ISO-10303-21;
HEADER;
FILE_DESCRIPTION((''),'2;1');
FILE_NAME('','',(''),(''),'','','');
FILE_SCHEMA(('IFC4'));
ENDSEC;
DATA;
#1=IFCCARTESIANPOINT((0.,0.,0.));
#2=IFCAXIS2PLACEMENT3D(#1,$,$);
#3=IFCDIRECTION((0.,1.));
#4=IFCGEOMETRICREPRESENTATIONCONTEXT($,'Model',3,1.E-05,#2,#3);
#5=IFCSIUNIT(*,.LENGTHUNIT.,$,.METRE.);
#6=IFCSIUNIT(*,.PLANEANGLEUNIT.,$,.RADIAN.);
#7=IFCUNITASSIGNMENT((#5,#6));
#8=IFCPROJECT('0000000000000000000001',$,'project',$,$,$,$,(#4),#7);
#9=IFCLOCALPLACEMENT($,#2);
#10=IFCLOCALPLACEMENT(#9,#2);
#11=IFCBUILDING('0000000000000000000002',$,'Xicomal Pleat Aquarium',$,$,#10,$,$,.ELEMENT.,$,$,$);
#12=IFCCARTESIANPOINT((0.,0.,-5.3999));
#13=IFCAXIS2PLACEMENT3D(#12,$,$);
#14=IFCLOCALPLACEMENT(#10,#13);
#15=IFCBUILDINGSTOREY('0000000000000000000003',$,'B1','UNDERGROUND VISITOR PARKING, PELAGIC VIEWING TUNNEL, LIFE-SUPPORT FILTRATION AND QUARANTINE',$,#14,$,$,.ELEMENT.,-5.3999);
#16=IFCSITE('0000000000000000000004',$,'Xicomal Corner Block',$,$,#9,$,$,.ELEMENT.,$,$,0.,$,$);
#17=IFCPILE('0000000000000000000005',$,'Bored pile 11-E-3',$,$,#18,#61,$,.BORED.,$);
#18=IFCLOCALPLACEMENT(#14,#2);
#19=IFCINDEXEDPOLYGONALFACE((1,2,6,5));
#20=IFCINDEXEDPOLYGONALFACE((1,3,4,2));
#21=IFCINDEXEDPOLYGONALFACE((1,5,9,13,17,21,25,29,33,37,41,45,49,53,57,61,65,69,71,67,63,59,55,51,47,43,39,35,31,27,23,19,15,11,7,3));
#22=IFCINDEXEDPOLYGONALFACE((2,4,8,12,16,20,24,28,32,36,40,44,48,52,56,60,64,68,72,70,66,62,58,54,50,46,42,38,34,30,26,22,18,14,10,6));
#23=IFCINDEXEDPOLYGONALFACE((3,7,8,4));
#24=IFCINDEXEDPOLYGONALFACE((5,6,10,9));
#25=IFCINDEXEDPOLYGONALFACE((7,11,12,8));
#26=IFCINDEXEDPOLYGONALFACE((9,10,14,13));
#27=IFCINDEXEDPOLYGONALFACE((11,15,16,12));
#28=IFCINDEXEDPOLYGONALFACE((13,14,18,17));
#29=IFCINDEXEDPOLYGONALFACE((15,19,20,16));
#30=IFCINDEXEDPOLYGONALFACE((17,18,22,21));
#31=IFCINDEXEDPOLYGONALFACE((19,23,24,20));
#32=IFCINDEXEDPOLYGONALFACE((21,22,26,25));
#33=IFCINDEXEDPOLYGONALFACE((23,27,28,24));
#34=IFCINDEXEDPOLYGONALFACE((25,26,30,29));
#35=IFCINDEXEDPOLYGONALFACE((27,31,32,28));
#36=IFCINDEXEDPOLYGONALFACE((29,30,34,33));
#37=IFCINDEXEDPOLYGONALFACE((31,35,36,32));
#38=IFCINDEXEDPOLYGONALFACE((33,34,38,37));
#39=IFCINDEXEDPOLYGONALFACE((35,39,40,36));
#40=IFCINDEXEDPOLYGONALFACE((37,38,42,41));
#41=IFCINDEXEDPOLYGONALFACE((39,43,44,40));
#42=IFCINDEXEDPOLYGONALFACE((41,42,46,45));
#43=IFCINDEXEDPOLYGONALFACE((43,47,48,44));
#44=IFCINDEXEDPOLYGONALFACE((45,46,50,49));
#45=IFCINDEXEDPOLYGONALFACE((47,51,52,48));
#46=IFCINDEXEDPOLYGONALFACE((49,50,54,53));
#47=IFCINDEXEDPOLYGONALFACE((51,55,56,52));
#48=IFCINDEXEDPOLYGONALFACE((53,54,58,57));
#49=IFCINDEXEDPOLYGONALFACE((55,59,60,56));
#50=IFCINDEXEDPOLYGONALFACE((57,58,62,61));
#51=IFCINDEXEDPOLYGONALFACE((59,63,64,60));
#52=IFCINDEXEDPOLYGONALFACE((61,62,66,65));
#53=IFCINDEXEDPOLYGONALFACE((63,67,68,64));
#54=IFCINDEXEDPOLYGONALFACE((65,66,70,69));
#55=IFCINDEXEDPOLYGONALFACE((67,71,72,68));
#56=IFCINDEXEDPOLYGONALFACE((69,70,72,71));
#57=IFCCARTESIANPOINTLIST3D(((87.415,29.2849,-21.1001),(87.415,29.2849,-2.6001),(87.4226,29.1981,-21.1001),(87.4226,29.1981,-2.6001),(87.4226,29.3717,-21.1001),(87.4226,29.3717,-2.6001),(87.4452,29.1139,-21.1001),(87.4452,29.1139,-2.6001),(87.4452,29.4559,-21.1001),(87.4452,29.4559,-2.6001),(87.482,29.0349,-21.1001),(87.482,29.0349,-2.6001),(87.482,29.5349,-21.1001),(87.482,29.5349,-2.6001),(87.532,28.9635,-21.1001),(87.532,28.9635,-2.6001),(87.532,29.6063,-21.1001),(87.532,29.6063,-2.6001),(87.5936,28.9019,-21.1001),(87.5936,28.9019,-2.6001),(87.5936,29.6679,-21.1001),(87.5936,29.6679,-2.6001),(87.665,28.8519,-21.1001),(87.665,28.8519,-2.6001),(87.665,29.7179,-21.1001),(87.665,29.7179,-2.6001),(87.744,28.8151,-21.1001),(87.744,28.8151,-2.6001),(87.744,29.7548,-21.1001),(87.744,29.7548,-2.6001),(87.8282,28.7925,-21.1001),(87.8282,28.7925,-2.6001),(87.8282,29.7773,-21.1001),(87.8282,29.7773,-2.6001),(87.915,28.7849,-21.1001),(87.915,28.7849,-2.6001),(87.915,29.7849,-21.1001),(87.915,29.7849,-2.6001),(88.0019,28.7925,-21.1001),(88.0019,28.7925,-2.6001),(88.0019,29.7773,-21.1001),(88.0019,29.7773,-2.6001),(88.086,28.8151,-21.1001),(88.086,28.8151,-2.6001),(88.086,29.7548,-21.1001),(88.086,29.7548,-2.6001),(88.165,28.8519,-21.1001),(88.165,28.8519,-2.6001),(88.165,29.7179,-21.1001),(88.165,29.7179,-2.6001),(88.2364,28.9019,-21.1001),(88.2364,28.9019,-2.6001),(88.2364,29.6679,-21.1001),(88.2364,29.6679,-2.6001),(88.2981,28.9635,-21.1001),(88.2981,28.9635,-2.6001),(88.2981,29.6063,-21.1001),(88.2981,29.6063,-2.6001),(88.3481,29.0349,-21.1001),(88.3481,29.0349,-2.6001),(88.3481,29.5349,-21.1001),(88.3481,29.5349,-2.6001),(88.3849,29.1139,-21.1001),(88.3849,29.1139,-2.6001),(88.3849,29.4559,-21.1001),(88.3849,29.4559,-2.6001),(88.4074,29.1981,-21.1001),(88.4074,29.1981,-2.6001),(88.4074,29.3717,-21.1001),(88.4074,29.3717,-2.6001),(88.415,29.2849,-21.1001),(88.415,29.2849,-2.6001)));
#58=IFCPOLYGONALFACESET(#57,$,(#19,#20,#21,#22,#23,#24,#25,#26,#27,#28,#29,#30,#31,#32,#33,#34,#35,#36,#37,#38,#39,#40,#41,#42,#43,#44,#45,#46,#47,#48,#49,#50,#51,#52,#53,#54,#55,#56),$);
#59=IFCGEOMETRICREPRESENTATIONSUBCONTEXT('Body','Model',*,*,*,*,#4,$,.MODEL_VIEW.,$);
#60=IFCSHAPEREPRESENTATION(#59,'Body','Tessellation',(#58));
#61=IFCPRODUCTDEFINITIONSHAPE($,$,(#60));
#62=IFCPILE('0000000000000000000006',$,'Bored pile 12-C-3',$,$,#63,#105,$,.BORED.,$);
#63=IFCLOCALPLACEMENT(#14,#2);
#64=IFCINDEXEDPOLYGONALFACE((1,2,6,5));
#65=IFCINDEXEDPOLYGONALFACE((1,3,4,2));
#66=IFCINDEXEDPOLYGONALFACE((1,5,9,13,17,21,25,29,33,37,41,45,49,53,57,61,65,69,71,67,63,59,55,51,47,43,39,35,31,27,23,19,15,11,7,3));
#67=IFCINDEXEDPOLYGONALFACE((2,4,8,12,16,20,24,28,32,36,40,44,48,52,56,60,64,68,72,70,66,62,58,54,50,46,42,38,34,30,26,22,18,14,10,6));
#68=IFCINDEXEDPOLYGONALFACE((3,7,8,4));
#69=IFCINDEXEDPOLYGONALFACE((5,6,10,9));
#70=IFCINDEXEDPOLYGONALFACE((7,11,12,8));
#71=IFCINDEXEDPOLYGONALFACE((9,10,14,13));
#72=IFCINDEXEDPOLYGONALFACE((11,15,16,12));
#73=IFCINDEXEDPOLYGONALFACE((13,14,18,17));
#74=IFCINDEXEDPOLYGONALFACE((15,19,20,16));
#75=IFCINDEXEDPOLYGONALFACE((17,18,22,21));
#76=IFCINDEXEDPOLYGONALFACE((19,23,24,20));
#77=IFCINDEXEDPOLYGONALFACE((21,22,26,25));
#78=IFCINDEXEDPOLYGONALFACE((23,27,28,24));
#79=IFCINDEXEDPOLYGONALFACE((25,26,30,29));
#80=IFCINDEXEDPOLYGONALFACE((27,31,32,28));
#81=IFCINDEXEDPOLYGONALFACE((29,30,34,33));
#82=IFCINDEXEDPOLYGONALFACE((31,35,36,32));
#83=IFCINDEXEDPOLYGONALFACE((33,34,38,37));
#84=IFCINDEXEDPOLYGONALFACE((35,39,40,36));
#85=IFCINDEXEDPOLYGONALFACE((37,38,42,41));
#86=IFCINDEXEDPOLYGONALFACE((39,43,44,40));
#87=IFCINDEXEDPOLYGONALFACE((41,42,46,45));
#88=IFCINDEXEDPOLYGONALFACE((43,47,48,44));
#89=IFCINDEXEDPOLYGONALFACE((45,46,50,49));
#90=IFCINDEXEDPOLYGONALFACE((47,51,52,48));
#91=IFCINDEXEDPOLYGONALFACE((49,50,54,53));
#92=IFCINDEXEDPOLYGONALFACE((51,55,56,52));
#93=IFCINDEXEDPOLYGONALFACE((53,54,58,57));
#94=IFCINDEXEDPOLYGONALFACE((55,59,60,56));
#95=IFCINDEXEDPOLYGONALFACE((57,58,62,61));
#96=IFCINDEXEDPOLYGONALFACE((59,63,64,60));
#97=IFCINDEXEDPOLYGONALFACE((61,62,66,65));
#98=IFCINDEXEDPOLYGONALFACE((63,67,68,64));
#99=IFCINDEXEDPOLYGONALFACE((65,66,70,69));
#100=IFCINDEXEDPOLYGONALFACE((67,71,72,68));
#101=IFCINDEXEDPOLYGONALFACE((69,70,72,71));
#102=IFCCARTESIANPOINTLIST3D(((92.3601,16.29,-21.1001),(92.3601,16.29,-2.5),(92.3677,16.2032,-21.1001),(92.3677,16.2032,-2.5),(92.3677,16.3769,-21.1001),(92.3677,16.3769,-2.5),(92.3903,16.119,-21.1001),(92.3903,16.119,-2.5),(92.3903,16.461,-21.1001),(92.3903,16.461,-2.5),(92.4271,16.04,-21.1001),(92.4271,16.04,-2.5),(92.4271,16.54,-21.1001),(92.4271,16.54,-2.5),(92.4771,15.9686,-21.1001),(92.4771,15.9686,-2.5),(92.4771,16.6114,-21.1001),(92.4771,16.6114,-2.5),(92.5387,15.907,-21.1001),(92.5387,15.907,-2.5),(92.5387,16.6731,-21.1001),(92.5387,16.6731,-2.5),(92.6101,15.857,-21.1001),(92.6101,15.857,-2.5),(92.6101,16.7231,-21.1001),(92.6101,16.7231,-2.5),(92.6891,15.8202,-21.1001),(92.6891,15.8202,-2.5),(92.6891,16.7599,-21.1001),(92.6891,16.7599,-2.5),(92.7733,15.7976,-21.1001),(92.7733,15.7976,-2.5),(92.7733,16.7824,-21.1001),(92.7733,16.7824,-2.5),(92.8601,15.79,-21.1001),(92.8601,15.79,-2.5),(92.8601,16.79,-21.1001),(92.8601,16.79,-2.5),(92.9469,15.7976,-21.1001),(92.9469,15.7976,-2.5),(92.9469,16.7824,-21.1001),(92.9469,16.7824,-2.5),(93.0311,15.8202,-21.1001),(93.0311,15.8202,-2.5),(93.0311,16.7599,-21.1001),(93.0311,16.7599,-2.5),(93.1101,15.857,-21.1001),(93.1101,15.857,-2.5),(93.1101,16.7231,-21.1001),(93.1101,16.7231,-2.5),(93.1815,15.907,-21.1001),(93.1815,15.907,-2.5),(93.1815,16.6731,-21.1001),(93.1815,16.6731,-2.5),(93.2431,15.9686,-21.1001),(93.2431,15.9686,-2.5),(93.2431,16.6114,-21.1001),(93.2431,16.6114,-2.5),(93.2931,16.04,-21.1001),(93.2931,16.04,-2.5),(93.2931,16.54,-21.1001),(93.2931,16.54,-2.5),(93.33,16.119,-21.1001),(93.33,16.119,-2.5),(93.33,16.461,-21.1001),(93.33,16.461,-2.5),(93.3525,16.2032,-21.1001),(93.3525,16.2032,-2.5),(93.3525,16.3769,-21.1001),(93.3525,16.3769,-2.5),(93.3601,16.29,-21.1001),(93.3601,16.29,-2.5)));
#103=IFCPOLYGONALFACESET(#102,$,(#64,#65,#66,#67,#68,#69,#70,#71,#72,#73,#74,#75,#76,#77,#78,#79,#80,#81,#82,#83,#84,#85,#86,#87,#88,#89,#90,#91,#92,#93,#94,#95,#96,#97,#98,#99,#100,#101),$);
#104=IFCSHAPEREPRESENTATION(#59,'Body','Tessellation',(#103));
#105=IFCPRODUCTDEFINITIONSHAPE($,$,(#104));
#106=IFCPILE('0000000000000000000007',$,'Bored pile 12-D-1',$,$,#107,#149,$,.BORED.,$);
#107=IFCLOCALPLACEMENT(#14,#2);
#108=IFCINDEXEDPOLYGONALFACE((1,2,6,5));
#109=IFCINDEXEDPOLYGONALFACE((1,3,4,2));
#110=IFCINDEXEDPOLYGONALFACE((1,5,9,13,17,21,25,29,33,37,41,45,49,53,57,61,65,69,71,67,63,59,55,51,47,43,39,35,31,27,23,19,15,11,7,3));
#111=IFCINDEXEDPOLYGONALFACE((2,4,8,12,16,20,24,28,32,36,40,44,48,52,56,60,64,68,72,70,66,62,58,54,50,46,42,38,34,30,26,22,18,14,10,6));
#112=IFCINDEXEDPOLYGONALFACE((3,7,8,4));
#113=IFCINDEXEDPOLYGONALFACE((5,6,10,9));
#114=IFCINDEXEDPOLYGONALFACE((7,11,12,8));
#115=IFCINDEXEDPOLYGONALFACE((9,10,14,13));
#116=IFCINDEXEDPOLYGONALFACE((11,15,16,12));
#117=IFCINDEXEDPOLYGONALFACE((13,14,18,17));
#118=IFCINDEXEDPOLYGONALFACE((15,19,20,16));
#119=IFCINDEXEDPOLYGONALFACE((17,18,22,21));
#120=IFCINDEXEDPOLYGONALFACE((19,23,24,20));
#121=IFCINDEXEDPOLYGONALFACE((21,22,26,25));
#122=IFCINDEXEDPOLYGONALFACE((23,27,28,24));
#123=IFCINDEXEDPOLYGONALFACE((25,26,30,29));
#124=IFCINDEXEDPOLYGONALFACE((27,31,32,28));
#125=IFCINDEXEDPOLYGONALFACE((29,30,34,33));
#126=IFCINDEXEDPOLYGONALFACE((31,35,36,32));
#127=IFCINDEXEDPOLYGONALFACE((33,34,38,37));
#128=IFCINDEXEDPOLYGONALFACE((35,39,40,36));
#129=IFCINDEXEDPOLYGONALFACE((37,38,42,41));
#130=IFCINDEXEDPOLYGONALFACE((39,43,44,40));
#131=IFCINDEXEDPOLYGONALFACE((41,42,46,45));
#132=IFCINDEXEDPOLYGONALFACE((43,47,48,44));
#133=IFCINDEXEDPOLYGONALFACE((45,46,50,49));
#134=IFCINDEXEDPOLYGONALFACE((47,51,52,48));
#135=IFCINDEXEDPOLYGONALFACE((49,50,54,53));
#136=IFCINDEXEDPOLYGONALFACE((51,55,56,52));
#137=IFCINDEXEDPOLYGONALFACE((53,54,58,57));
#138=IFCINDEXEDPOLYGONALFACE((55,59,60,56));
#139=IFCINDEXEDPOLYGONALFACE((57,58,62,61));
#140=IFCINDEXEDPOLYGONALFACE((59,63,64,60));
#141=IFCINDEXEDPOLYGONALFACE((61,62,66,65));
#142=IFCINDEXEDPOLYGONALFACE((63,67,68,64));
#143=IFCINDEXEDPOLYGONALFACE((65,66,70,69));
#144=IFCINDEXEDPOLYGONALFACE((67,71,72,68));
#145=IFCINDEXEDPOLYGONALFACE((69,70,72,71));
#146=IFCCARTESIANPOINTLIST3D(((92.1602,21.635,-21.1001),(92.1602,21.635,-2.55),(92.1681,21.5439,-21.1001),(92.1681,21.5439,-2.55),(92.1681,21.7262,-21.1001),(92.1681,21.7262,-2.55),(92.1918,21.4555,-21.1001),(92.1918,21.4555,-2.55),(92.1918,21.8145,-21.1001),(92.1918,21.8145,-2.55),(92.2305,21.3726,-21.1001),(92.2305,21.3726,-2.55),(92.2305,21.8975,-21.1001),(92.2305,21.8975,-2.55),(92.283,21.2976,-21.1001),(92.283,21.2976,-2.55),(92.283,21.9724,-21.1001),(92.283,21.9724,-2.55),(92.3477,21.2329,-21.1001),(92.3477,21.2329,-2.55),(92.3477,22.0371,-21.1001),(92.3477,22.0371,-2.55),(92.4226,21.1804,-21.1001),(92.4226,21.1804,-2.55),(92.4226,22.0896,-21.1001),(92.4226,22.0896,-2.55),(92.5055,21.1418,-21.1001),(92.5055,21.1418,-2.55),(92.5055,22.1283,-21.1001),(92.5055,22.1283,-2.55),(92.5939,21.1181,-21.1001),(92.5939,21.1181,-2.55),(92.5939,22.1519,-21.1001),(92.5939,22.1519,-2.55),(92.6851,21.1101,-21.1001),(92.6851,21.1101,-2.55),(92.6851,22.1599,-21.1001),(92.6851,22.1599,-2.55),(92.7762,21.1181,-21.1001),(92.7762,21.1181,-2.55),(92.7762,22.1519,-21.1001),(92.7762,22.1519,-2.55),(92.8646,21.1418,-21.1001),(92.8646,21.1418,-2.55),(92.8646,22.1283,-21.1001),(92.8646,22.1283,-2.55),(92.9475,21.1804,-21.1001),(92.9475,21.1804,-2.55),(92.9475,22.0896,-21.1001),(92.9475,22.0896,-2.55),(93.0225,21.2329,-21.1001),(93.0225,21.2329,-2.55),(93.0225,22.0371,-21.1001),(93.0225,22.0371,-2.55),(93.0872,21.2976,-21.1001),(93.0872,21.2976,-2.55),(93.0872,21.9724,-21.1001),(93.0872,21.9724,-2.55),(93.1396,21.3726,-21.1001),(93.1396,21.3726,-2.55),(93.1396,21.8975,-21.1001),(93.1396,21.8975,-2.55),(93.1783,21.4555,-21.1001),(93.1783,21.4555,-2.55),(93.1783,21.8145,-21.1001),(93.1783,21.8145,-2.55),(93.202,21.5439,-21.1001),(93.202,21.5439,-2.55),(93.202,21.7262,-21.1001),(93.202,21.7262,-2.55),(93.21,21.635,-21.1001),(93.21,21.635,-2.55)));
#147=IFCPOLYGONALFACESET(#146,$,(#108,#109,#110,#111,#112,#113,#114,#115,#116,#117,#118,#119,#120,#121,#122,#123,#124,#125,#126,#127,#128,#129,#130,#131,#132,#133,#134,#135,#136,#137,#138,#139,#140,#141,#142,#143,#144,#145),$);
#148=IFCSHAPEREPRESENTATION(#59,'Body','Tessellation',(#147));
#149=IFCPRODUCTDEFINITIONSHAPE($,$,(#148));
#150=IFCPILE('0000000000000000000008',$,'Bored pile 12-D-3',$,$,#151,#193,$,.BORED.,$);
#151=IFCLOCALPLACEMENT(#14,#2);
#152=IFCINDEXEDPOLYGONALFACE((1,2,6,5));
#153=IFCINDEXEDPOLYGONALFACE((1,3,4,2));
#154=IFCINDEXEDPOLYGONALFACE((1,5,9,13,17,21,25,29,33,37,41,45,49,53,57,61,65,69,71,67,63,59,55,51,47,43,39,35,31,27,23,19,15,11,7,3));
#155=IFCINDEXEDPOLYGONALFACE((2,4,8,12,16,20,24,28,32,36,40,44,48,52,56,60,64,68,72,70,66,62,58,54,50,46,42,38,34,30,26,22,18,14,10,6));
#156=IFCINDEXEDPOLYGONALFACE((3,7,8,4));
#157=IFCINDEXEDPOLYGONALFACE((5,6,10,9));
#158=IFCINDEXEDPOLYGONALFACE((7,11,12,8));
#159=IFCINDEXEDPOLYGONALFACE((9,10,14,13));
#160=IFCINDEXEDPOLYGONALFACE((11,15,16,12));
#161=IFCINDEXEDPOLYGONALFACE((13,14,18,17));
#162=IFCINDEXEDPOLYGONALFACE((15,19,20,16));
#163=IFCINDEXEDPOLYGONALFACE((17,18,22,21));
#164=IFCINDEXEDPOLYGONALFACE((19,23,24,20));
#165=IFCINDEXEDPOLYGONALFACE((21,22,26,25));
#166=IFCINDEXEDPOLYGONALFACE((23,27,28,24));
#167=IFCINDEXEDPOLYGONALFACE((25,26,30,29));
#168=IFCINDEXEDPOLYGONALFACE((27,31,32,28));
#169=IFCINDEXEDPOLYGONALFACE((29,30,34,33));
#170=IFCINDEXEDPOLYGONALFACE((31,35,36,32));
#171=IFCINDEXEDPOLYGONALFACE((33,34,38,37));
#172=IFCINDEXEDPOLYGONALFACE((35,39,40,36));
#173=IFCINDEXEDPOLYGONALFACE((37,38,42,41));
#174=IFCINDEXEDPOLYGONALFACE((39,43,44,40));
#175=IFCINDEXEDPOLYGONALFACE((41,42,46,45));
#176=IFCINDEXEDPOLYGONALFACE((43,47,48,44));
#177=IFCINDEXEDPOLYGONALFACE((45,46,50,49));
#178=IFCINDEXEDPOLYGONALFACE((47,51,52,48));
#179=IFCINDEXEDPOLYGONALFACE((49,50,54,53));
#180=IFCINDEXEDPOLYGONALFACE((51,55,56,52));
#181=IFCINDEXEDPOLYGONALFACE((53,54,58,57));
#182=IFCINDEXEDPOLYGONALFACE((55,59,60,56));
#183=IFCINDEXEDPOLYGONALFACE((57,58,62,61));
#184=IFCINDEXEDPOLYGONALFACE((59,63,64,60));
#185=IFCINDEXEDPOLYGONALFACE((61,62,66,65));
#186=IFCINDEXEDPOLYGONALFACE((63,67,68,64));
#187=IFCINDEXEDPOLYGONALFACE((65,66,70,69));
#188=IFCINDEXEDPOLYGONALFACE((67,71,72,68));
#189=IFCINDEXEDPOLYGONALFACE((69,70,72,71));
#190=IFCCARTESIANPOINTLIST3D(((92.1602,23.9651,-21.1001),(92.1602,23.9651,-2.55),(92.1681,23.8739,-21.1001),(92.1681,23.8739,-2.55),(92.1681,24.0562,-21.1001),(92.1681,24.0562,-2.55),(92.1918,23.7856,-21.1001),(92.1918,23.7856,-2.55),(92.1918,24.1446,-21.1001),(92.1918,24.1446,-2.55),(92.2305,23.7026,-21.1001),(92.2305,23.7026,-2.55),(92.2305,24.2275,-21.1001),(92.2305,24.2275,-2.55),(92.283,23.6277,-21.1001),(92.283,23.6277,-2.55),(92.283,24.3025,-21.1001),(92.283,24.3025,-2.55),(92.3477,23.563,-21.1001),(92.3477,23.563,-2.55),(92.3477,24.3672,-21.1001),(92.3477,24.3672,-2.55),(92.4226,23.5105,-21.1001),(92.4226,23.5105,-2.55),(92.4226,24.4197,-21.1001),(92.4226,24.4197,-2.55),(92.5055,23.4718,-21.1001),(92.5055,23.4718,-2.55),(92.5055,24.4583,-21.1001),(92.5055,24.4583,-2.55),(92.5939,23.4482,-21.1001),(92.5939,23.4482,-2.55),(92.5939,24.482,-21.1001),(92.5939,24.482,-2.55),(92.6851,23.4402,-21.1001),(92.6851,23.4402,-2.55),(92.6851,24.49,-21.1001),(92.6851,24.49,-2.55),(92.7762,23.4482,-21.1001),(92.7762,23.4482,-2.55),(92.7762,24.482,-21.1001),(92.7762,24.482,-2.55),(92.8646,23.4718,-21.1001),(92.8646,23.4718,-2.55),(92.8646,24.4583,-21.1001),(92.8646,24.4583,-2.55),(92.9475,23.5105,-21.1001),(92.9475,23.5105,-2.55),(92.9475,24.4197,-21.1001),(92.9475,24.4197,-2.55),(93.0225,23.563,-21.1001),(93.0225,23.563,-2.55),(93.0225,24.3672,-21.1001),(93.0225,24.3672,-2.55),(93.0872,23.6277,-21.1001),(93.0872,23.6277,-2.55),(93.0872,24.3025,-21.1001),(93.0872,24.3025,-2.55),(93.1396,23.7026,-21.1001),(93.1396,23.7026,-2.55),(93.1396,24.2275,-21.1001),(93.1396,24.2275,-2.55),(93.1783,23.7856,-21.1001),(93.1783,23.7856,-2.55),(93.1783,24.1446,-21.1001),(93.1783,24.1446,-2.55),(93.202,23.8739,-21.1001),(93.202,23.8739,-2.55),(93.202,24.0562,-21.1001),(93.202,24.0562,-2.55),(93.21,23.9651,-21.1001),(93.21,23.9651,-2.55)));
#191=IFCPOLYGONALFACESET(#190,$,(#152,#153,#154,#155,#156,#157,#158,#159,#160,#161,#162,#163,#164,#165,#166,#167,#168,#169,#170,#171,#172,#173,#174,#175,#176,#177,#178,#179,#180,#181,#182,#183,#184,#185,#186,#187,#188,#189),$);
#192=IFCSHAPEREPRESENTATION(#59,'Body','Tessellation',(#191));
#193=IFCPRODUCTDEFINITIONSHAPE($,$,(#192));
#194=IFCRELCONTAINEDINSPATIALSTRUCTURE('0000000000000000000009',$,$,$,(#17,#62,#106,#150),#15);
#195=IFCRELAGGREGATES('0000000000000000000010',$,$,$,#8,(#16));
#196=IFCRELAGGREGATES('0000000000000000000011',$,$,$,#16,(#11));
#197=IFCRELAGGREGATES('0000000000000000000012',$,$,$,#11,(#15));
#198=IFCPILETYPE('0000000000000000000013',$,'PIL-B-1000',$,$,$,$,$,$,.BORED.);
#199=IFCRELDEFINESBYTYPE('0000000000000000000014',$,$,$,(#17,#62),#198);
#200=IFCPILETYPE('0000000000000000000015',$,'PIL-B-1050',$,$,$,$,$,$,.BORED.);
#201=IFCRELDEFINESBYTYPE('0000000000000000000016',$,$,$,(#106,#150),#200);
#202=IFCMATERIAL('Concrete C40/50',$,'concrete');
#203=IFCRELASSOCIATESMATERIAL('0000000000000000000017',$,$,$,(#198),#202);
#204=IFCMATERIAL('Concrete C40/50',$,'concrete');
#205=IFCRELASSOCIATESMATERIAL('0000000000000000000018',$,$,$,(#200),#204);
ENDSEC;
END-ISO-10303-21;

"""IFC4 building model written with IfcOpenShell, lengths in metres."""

from ifc_helpers import new_model, si_unit, direction, frame, origin, origin_2d, place, context, subcontext, project, spatial, circle, extrude, material, material_profile, profile_set, type_object, element, save


model = new_model("IFC4")

# Units and contexts
model_context = context("Model", 3, precision=1e-05, world=origin(), true_north=direction((0.0, 1.0)))
body_context = subcontext(model_context, "Body", "Model", "MODEL_VIEW")
ifc_project = project(units=[si_unit("LENGTHUNIT", "METRE"), si_unit("PLANEANGLEUNIT", "RADIAN")], contexts=[model_context])

# Site, building, storey
site_placement = place(None, origin())
site = spatial("IfcSite", under=ifc_project, at=site_placement, Name="Xicomal Corner Block", CompositionType="ELEMENT", RefElevation=0.0)
building_placement = place(site_placement, origin())
building = spatial("IfcBuilding", under=site, at=building_placement, Name="Xicomal Pleat Aquarium", CompositionType="ELEMENT")
storey_placement = place(building_placement, frame((0.0, 0.0, -5.3999)))
storey = spatial("IfcBuildingStorey", under=building, at=storey_placement, Name="B1", Description="UNDERGROUND VISITOR PARKING, PELAGIC VIEWING TUNNEL, LIFE-SUPPORT FILTRATION AND QUARANTINE", CompositionType="ELEMENT", Elevation=-5.3999)

# Piles
ifc_material_1 = material(Name="Concrete C40/50", Category="concrete")
ifc_material_profile_1 = material_profile(ifc_material_1, circle(Radius=0.5, at=origin_2d()), Name="BORED PILE D1000")
ifc_profile_set_1 = profile_set([ifc_material_profile_1], Name="Concrete C40/50")
pile_type_1 = type_object("IfcPileType", Name="PIL-B-1000", PredefinedType="BORED", material=ifc_profile_set_1)
for number, where, z_axis, x_axis, name in (
    (1, (87.915, 29.2849, -2.6001), (0.0, 0.0, -1.0), (1.0, 0.0, 0.0), "Bored pile 11-E-3"),
):
    element("IfcPile", number, at=place(storey_placement, frame(where, z_axis=z_axis, x_axis=x_axis)), inside=storey, type_object=pile_type_1, Name=name, PredefinedType="BORED", context=body_context, shape_type="SweptSolid", body=[
        extrude(circle(Radius=0.5, at=origin_2d()), origin(), (0.0, 0.0, 1.0), 18.5),
    ])
pile_1_placement = place(storey_placement, frame((92.8601, 16.29, -2.5), z_axis=(0.0, 0.0, -1.0), x_axis=(1.0, 0.0, 0.0)))
element("IfcPile", 2, at=pile_1_placement, inside=storey, type_object=pile_type_1, Name="Bored pile 12-C-3", PredefinedType="BORED", context=body_context, shape_type="SweptSolid", body=[
    extrude(circle(Radius=0.5, at=origin_2d()), origin(), (0.0, 0.0, 1.0), 18.6001),
])
ifc_material_2 = material(Name="Concrete C40/50", Category="concrete")
ifc_material_profile_2 = material_profile(ifc_material_2, circle(Radius=0.5249, at=origin_2d()), Name="BORED PILE D1050")
ifc_profile_set_2 = profile_set([ifc_material_profile_2], Name="Concrete C40/50")
pile_type_2 = type_object("IfcPileType", Name="PIL-B-1050", PredefinedType="BORED", material=ifc_profile_set_2)
for number, where, z_axis, x_axis, name in (
    (3, (92.6851, 21.635, -2.55), (0.0, 0.0, -1.0), (1.0, 0.0, 0.0), "Bored pile 12-D-1"),
    (4, (92.6851, 23.9651, -2.55), (0.0, 0.0, -1.0), (1.0, 0.0, 0.0), "Bored pile 12-D-3"),
):
    element("IfcPile", number, at=place(storey_placement, frame(where, z_axis=z_axis, x_axis=x_axis)), inside=storey, type_object=pile_type_2, Name=name, PredefinedType="BORED", context=body_context, shape_type="SweptSolid", body=[
        extrude(circle(Radius=0.5249, at=origin_2d()), origin(), (0.0, 0.0, 1.0), 18.55),
    ])

save(model, "model.ifc")
